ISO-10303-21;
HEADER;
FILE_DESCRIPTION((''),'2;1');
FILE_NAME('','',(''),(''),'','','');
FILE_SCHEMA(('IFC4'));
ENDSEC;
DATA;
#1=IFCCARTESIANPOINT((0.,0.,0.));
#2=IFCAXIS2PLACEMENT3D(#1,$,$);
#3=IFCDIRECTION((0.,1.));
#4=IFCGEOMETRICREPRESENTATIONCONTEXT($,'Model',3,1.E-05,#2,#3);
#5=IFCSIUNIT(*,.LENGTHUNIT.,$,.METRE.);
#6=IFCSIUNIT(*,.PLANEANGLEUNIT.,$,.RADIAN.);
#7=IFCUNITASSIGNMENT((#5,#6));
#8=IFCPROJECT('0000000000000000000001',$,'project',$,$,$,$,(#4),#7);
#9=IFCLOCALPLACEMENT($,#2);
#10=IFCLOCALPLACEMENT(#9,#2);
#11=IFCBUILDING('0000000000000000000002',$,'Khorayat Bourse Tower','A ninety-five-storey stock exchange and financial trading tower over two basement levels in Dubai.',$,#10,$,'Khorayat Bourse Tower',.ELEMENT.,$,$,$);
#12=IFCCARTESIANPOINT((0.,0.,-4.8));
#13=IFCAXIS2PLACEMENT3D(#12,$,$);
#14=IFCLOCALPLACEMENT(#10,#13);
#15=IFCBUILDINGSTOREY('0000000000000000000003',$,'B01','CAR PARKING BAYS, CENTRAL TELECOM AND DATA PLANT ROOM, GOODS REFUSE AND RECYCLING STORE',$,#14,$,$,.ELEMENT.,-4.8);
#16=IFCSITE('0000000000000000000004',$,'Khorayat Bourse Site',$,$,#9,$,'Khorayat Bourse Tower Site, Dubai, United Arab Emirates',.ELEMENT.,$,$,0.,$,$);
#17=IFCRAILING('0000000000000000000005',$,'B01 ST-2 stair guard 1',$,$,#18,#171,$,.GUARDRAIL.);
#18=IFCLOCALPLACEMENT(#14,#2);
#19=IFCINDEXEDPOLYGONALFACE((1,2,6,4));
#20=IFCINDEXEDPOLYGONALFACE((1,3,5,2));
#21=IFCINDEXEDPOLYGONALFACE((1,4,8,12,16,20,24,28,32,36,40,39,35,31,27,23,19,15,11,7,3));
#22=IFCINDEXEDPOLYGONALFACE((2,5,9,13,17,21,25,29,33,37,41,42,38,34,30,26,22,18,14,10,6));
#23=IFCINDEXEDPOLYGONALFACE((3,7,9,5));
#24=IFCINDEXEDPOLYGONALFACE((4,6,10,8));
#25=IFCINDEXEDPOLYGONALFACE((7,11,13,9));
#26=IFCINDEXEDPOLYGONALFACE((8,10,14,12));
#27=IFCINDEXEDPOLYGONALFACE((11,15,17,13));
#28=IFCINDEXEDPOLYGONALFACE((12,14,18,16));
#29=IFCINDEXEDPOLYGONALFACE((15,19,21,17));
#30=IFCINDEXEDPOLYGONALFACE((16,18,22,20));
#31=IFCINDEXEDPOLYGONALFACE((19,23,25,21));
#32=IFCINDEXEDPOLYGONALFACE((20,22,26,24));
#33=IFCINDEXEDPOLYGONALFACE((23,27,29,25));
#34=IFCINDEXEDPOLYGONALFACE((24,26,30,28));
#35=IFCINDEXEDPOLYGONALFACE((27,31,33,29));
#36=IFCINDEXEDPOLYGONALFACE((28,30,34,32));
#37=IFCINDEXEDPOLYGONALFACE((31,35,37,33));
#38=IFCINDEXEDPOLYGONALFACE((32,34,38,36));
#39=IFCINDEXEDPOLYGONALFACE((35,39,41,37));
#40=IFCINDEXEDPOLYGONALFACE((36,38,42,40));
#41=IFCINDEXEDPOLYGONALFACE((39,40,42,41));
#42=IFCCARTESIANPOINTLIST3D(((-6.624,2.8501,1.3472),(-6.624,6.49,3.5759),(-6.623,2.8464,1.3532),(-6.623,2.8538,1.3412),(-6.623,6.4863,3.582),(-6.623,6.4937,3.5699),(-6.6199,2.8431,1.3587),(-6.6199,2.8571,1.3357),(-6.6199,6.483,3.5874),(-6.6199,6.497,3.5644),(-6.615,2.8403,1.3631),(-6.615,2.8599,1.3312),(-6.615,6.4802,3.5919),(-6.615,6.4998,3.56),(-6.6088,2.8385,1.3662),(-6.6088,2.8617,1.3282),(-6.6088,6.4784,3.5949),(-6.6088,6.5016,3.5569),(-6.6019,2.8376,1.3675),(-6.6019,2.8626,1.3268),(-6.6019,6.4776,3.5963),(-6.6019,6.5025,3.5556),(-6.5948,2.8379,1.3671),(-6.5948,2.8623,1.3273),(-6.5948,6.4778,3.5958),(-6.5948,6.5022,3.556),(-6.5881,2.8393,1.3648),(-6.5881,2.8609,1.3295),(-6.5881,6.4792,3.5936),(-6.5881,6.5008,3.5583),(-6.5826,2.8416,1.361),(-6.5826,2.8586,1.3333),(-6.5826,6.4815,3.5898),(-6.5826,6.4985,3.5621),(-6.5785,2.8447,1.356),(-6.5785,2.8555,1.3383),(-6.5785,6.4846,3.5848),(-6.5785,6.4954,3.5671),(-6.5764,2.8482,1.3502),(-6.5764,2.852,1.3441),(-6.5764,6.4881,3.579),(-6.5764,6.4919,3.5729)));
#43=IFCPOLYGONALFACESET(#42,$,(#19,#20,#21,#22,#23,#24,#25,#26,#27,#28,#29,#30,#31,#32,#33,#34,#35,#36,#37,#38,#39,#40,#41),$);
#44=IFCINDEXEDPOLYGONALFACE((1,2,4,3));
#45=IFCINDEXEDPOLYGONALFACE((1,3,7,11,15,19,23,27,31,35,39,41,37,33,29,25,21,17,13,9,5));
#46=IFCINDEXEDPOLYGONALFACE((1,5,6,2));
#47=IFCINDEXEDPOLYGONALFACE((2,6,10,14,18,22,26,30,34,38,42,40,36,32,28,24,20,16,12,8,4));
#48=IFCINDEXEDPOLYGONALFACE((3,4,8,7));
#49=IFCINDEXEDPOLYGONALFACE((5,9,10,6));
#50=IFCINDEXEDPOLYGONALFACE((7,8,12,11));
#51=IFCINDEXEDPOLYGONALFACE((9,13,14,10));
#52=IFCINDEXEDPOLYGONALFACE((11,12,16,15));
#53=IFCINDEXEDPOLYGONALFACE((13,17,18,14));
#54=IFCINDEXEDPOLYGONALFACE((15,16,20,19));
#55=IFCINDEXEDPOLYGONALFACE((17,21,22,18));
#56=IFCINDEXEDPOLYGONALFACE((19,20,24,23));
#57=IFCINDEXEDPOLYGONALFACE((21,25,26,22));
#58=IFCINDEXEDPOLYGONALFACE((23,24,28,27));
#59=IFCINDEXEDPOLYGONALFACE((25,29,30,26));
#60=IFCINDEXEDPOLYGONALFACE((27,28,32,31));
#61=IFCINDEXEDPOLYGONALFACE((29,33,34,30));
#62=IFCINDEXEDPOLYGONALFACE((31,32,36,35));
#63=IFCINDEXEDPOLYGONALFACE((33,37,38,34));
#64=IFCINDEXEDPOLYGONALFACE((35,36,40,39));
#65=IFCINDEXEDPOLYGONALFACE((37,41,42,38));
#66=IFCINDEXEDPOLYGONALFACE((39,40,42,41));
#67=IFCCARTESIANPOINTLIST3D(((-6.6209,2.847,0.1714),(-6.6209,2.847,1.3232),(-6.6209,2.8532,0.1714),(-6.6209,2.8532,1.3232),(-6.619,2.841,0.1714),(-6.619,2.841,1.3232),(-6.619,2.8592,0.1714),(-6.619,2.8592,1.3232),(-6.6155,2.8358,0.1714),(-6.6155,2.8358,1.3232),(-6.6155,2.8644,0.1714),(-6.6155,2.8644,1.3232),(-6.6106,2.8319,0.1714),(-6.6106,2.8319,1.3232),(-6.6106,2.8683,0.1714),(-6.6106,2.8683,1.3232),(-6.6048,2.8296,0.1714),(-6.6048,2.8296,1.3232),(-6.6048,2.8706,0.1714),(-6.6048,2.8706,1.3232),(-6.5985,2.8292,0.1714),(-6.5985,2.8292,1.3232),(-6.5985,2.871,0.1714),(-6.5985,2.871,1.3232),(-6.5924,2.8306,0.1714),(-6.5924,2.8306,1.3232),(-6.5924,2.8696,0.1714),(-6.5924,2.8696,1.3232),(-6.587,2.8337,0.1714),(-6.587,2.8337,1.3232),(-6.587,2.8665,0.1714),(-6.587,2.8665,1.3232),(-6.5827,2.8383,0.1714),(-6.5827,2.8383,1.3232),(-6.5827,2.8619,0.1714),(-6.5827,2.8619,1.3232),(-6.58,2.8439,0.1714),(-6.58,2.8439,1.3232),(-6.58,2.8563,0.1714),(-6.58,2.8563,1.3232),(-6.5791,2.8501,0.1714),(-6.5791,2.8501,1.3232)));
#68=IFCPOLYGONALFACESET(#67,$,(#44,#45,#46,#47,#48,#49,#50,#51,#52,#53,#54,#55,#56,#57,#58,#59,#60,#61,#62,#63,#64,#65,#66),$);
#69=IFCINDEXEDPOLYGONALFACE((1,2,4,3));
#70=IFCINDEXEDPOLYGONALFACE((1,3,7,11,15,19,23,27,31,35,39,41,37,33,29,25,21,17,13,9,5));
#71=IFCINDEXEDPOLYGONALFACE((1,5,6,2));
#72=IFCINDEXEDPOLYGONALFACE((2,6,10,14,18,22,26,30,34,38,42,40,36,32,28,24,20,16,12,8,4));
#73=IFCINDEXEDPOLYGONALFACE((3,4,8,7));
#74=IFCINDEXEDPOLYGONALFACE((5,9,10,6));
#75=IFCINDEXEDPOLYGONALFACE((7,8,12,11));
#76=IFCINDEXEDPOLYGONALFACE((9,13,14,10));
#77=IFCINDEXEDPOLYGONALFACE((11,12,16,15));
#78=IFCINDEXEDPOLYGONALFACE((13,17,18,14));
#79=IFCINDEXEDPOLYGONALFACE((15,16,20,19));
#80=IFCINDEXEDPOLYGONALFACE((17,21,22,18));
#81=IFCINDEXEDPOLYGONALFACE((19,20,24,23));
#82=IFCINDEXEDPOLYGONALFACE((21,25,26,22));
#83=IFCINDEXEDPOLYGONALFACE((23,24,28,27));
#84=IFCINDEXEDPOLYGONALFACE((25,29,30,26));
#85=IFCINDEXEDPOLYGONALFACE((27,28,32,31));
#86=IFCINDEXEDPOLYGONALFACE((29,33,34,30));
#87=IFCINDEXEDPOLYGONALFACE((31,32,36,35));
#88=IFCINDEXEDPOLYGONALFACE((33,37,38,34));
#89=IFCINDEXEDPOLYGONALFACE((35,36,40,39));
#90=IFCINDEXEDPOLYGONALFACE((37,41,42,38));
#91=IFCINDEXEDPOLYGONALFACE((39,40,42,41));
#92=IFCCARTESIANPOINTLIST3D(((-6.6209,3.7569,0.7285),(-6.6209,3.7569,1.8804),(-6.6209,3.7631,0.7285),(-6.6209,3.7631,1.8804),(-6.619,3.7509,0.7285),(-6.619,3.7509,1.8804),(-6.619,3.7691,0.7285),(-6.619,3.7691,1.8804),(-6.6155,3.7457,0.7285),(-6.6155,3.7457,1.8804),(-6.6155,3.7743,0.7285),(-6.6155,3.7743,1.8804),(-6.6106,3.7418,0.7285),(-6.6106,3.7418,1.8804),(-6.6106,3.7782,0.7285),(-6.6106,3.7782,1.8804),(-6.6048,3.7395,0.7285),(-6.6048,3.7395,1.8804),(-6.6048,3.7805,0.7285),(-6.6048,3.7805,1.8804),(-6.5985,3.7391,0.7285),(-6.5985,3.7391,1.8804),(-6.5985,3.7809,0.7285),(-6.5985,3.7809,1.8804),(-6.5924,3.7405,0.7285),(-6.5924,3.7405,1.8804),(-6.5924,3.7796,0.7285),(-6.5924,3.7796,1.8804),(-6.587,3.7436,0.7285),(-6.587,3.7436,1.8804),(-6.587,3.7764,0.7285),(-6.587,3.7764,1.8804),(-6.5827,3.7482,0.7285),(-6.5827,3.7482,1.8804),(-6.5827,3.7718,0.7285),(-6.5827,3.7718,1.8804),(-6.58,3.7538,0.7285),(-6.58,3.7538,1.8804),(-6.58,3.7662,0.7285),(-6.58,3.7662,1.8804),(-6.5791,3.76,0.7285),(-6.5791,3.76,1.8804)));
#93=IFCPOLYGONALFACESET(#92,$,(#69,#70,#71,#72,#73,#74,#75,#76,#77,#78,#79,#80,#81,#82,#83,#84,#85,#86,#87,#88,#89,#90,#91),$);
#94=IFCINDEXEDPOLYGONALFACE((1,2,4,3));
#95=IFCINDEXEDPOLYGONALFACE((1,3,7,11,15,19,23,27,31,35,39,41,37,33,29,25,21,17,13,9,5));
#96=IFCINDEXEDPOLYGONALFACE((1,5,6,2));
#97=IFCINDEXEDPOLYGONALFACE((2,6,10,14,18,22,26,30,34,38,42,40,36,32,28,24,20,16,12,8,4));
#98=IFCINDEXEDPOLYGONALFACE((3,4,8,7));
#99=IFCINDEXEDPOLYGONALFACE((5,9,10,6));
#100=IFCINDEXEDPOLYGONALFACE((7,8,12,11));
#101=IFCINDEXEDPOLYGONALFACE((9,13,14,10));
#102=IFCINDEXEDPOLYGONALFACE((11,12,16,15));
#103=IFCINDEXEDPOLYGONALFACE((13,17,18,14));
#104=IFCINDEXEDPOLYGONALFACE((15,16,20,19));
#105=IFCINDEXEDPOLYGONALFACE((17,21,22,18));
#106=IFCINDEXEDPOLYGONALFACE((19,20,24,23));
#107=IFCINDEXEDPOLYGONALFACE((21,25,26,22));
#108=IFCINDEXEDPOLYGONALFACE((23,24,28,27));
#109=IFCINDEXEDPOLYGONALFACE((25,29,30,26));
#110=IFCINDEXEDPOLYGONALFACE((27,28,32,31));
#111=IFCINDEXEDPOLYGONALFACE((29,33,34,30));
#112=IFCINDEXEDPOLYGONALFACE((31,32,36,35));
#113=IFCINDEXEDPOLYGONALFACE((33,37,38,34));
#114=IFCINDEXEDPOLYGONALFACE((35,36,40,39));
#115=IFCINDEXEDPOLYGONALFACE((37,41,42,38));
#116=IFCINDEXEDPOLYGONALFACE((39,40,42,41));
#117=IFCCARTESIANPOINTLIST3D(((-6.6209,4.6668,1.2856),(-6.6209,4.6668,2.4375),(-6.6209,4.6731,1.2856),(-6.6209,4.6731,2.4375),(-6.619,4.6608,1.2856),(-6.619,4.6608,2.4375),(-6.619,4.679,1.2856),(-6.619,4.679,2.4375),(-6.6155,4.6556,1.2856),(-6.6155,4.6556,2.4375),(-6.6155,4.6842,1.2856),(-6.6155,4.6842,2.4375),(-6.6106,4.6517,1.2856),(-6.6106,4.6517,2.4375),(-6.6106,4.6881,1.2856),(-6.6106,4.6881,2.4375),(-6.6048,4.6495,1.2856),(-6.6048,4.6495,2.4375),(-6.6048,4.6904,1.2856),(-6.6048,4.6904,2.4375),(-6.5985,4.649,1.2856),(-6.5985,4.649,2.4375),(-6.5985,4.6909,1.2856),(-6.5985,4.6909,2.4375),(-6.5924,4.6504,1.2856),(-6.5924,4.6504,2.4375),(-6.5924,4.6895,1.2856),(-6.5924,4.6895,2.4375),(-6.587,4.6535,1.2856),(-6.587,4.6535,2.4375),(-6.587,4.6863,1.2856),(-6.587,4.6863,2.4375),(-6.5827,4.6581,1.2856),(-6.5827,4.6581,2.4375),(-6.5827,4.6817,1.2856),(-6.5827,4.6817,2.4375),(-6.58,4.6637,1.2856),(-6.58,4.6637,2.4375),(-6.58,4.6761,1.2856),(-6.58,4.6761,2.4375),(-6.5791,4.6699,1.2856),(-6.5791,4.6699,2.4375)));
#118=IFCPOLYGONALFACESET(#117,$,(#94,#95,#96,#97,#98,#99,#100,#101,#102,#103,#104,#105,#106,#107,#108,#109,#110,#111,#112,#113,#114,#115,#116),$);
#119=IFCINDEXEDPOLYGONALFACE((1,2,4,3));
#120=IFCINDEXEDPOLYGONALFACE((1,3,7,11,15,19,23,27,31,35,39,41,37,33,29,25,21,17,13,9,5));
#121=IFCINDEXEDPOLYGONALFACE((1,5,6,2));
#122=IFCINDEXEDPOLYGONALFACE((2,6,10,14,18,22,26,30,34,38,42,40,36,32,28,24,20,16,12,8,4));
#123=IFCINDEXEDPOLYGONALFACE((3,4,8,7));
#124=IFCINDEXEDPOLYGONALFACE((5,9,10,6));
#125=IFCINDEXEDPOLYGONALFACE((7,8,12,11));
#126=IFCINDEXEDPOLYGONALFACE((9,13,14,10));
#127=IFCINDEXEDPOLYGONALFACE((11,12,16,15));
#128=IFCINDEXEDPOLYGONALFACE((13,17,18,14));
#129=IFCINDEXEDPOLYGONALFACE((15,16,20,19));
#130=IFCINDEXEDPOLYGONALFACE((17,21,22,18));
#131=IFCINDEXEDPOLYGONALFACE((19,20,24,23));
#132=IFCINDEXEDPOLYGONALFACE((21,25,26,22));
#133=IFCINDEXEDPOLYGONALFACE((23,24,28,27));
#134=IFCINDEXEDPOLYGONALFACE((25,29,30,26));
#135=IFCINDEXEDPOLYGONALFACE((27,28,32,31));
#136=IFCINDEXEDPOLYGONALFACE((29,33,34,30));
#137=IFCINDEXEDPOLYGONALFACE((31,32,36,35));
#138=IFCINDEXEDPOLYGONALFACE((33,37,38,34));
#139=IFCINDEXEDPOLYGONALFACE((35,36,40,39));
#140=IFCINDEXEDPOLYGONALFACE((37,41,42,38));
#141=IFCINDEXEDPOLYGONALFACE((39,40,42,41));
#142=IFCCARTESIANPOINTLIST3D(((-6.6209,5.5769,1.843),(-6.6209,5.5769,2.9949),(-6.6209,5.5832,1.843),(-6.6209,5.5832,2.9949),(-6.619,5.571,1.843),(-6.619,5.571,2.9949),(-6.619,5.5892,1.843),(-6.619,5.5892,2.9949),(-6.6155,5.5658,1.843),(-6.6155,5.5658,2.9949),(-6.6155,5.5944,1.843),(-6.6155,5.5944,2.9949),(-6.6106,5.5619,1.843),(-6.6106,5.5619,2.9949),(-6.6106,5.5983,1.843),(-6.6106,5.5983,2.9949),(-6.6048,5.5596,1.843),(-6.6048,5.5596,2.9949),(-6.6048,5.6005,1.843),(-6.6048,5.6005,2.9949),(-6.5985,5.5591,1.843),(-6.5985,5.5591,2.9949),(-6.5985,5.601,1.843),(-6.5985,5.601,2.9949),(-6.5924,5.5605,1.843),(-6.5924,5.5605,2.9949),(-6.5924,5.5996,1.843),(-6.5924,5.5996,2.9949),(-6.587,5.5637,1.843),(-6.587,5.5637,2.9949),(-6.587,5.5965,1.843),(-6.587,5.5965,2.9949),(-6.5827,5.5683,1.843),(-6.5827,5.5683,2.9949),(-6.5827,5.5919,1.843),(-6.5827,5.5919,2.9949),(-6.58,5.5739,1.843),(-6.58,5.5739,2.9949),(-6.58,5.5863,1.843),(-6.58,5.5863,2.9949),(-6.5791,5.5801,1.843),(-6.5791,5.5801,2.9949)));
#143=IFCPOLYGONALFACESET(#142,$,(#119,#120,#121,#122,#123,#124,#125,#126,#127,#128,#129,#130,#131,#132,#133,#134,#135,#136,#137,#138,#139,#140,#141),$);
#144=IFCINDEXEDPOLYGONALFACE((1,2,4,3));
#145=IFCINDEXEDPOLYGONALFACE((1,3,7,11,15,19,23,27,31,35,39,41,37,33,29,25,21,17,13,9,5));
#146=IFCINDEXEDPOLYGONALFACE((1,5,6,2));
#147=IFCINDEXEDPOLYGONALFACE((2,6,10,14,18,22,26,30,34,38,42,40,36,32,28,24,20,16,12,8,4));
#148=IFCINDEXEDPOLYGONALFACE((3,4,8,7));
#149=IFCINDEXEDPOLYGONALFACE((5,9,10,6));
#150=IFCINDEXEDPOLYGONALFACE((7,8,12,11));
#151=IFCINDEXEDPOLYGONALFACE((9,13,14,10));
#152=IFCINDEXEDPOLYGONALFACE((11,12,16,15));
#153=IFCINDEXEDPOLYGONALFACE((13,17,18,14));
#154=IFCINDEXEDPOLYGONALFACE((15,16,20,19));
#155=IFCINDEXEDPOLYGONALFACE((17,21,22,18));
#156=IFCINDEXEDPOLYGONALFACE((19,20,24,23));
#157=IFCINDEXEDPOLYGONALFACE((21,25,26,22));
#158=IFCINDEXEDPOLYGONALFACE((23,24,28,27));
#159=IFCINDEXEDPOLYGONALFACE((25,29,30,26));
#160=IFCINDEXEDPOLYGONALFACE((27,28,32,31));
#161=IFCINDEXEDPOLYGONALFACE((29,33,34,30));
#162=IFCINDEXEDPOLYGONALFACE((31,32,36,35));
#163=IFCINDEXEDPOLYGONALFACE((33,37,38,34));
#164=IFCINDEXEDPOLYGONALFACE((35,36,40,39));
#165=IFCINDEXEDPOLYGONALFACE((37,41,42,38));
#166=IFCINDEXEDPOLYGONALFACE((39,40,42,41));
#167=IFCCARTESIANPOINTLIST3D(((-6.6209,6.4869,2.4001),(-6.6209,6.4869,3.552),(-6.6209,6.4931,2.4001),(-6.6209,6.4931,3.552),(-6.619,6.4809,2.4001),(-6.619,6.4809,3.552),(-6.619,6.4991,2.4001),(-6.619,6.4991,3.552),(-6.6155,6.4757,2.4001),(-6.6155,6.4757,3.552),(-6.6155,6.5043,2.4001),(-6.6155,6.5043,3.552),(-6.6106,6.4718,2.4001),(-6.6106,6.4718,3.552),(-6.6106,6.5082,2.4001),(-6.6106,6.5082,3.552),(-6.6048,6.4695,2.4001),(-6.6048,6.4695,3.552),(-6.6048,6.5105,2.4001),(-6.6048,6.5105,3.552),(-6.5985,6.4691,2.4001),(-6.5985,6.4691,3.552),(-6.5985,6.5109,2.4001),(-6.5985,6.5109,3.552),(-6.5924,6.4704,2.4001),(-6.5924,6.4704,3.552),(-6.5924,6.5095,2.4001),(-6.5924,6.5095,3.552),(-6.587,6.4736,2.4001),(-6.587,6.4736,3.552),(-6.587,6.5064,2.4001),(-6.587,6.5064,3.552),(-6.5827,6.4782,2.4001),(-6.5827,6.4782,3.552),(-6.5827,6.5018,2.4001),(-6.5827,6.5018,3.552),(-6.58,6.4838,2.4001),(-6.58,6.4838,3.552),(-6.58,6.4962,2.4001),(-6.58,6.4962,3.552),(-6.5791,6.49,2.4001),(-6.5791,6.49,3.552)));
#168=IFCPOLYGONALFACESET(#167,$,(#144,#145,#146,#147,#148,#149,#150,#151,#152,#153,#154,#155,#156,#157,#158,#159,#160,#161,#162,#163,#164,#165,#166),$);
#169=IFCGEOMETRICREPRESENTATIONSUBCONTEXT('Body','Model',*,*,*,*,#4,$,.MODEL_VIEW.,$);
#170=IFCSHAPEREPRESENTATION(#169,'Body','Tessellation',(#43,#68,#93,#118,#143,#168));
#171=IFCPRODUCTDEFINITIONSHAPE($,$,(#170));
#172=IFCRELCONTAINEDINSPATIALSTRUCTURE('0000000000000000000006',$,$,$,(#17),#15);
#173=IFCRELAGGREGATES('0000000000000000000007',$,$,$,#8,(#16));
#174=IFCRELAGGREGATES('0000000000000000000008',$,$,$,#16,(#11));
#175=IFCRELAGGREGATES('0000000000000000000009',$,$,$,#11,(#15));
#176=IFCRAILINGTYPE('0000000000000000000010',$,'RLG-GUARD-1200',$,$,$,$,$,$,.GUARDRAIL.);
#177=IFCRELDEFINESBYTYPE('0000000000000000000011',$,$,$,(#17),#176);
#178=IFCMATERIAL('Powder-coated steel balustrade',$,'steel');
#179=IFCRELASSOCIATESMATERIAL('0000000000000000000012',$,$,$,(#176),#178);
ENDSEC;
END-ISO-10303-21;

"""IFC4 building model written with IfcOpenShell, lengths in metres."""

from ifc_helpers import new_model, si_unit, direction, frame, origin, origin_2d, place, context, subcontext, project, spatial, circle, extrude, source, transform, mapped, material, type_object, element, save


model = new_model("IFC4")

# Units and contexts
model_context = context("Model", 3, precision=1e-05, world=origin(), true_north=direction((0.0, 1.0)))
body_context = subcontext(model_context, "Body", "Model", "MODEL_VIEW")
ifc_project = project(units=[si_unit("LENGTHUNIT", "METRE"), si_unit("PLANEANGLEUNIT", "RADIAN")], contexts=[model_context])

# Site, building, storey
site_placement = place(None, origin())
site = spatial("IfcSite", under=ifc_project, at=site_placement, Name="Khorayat Bourse Site", LongName="Khorayat Bourse Tower Site, Dubai, United Arab Emirates", CompositionType="ELEMENT", RefElevation=0.0)
building_placement = place(site_placement, origin())
building = spatial("IfcBuilding", under=site, at=building_placement, Name="Khorayat Bourse Tower", Description="A ninety-five-storey stock exchange and financial trading tower over two basement levels in Dubai.", LongName="Khorayat Bourse Tower", CompositionType="ELEMENT")
storey_placement = place(building_placement, frame((0.0, 0.0, -4.8)))
storey = spatial("IfcBuildingStorey", under=building, at=storey_placement, Name="B01", Description="CAR PARKING BAYS, CENTRAL TELECOM AND DATA PLANT ROOM, GOODS REFUSE AND RECYCLING STORE", CompositionType="ELEMENT", Elevation=-4.8)

# Railing
ifc_material_1 = material(Name="Powder-coated steel balustrade", Category="steel")
railing_type_1 = type_object("IfcRailingType", Name="RLG-GUARD-1200", PredefinedType="GUARDRAIL", material=ifc_material_1)
shared_shape_1 = source(origin(), body_context, "Body", "SweptSolid", [
    extrude(circle(Radius=0.0239, at=origin_2d()), frame((0.0, 0.0, 1.1758), z_axis=(0.0, 0.852825, 0.522197), x_axis=(-1.0, 0.0, 0.0)), (0.0, 0.0, 1.0), 4.2681),
    extrude(circle(Radius=0.021, at=origin_2d()), origin(), (0.0, 0.0, 1.0), 1.1519),
    extrude(circle(Radius=0.021, at=origin_2d()), frame((0.0, 0.9099, 0.5571)), (0.0, 0.0, 1.0), 1.1519),
    extrude(circle(Radius=0.021, at=origin_2d()), frame((0.0, 1.8198, 1.1143)), (0.0, 0.0, 1.0), 1.1519),
    extrude(circle(Radius=0.021, at=origin_2d()), frame((0.0, 2.73, 1.6716)), (0.0, 0.0, 1.0), 1.1519),
    extrude(circle(Radius=0.021, at=origin_2d()), frame((0.0, 3.6399, 2.2288)), (0.0, 0.0, 1.0), 1.1519),
])
railing_1_placement = place(storey_placement, frame((-6.6001, 2.8501, 0.1714)))
element("IfcRailing", 1, at=railing_1_placement, inside=storey, type_object=railing_type_1, Name="B01 ST-2 stair guard 1", PredefinedType="GUARDRAIL", context=body_context, shape_type="MappedRepresentation", body=[
    mapped(shared_shape_1, transform((0.0, 0.0, 0.0), scale=1.0)),
])

save(model, "model.ifc")
